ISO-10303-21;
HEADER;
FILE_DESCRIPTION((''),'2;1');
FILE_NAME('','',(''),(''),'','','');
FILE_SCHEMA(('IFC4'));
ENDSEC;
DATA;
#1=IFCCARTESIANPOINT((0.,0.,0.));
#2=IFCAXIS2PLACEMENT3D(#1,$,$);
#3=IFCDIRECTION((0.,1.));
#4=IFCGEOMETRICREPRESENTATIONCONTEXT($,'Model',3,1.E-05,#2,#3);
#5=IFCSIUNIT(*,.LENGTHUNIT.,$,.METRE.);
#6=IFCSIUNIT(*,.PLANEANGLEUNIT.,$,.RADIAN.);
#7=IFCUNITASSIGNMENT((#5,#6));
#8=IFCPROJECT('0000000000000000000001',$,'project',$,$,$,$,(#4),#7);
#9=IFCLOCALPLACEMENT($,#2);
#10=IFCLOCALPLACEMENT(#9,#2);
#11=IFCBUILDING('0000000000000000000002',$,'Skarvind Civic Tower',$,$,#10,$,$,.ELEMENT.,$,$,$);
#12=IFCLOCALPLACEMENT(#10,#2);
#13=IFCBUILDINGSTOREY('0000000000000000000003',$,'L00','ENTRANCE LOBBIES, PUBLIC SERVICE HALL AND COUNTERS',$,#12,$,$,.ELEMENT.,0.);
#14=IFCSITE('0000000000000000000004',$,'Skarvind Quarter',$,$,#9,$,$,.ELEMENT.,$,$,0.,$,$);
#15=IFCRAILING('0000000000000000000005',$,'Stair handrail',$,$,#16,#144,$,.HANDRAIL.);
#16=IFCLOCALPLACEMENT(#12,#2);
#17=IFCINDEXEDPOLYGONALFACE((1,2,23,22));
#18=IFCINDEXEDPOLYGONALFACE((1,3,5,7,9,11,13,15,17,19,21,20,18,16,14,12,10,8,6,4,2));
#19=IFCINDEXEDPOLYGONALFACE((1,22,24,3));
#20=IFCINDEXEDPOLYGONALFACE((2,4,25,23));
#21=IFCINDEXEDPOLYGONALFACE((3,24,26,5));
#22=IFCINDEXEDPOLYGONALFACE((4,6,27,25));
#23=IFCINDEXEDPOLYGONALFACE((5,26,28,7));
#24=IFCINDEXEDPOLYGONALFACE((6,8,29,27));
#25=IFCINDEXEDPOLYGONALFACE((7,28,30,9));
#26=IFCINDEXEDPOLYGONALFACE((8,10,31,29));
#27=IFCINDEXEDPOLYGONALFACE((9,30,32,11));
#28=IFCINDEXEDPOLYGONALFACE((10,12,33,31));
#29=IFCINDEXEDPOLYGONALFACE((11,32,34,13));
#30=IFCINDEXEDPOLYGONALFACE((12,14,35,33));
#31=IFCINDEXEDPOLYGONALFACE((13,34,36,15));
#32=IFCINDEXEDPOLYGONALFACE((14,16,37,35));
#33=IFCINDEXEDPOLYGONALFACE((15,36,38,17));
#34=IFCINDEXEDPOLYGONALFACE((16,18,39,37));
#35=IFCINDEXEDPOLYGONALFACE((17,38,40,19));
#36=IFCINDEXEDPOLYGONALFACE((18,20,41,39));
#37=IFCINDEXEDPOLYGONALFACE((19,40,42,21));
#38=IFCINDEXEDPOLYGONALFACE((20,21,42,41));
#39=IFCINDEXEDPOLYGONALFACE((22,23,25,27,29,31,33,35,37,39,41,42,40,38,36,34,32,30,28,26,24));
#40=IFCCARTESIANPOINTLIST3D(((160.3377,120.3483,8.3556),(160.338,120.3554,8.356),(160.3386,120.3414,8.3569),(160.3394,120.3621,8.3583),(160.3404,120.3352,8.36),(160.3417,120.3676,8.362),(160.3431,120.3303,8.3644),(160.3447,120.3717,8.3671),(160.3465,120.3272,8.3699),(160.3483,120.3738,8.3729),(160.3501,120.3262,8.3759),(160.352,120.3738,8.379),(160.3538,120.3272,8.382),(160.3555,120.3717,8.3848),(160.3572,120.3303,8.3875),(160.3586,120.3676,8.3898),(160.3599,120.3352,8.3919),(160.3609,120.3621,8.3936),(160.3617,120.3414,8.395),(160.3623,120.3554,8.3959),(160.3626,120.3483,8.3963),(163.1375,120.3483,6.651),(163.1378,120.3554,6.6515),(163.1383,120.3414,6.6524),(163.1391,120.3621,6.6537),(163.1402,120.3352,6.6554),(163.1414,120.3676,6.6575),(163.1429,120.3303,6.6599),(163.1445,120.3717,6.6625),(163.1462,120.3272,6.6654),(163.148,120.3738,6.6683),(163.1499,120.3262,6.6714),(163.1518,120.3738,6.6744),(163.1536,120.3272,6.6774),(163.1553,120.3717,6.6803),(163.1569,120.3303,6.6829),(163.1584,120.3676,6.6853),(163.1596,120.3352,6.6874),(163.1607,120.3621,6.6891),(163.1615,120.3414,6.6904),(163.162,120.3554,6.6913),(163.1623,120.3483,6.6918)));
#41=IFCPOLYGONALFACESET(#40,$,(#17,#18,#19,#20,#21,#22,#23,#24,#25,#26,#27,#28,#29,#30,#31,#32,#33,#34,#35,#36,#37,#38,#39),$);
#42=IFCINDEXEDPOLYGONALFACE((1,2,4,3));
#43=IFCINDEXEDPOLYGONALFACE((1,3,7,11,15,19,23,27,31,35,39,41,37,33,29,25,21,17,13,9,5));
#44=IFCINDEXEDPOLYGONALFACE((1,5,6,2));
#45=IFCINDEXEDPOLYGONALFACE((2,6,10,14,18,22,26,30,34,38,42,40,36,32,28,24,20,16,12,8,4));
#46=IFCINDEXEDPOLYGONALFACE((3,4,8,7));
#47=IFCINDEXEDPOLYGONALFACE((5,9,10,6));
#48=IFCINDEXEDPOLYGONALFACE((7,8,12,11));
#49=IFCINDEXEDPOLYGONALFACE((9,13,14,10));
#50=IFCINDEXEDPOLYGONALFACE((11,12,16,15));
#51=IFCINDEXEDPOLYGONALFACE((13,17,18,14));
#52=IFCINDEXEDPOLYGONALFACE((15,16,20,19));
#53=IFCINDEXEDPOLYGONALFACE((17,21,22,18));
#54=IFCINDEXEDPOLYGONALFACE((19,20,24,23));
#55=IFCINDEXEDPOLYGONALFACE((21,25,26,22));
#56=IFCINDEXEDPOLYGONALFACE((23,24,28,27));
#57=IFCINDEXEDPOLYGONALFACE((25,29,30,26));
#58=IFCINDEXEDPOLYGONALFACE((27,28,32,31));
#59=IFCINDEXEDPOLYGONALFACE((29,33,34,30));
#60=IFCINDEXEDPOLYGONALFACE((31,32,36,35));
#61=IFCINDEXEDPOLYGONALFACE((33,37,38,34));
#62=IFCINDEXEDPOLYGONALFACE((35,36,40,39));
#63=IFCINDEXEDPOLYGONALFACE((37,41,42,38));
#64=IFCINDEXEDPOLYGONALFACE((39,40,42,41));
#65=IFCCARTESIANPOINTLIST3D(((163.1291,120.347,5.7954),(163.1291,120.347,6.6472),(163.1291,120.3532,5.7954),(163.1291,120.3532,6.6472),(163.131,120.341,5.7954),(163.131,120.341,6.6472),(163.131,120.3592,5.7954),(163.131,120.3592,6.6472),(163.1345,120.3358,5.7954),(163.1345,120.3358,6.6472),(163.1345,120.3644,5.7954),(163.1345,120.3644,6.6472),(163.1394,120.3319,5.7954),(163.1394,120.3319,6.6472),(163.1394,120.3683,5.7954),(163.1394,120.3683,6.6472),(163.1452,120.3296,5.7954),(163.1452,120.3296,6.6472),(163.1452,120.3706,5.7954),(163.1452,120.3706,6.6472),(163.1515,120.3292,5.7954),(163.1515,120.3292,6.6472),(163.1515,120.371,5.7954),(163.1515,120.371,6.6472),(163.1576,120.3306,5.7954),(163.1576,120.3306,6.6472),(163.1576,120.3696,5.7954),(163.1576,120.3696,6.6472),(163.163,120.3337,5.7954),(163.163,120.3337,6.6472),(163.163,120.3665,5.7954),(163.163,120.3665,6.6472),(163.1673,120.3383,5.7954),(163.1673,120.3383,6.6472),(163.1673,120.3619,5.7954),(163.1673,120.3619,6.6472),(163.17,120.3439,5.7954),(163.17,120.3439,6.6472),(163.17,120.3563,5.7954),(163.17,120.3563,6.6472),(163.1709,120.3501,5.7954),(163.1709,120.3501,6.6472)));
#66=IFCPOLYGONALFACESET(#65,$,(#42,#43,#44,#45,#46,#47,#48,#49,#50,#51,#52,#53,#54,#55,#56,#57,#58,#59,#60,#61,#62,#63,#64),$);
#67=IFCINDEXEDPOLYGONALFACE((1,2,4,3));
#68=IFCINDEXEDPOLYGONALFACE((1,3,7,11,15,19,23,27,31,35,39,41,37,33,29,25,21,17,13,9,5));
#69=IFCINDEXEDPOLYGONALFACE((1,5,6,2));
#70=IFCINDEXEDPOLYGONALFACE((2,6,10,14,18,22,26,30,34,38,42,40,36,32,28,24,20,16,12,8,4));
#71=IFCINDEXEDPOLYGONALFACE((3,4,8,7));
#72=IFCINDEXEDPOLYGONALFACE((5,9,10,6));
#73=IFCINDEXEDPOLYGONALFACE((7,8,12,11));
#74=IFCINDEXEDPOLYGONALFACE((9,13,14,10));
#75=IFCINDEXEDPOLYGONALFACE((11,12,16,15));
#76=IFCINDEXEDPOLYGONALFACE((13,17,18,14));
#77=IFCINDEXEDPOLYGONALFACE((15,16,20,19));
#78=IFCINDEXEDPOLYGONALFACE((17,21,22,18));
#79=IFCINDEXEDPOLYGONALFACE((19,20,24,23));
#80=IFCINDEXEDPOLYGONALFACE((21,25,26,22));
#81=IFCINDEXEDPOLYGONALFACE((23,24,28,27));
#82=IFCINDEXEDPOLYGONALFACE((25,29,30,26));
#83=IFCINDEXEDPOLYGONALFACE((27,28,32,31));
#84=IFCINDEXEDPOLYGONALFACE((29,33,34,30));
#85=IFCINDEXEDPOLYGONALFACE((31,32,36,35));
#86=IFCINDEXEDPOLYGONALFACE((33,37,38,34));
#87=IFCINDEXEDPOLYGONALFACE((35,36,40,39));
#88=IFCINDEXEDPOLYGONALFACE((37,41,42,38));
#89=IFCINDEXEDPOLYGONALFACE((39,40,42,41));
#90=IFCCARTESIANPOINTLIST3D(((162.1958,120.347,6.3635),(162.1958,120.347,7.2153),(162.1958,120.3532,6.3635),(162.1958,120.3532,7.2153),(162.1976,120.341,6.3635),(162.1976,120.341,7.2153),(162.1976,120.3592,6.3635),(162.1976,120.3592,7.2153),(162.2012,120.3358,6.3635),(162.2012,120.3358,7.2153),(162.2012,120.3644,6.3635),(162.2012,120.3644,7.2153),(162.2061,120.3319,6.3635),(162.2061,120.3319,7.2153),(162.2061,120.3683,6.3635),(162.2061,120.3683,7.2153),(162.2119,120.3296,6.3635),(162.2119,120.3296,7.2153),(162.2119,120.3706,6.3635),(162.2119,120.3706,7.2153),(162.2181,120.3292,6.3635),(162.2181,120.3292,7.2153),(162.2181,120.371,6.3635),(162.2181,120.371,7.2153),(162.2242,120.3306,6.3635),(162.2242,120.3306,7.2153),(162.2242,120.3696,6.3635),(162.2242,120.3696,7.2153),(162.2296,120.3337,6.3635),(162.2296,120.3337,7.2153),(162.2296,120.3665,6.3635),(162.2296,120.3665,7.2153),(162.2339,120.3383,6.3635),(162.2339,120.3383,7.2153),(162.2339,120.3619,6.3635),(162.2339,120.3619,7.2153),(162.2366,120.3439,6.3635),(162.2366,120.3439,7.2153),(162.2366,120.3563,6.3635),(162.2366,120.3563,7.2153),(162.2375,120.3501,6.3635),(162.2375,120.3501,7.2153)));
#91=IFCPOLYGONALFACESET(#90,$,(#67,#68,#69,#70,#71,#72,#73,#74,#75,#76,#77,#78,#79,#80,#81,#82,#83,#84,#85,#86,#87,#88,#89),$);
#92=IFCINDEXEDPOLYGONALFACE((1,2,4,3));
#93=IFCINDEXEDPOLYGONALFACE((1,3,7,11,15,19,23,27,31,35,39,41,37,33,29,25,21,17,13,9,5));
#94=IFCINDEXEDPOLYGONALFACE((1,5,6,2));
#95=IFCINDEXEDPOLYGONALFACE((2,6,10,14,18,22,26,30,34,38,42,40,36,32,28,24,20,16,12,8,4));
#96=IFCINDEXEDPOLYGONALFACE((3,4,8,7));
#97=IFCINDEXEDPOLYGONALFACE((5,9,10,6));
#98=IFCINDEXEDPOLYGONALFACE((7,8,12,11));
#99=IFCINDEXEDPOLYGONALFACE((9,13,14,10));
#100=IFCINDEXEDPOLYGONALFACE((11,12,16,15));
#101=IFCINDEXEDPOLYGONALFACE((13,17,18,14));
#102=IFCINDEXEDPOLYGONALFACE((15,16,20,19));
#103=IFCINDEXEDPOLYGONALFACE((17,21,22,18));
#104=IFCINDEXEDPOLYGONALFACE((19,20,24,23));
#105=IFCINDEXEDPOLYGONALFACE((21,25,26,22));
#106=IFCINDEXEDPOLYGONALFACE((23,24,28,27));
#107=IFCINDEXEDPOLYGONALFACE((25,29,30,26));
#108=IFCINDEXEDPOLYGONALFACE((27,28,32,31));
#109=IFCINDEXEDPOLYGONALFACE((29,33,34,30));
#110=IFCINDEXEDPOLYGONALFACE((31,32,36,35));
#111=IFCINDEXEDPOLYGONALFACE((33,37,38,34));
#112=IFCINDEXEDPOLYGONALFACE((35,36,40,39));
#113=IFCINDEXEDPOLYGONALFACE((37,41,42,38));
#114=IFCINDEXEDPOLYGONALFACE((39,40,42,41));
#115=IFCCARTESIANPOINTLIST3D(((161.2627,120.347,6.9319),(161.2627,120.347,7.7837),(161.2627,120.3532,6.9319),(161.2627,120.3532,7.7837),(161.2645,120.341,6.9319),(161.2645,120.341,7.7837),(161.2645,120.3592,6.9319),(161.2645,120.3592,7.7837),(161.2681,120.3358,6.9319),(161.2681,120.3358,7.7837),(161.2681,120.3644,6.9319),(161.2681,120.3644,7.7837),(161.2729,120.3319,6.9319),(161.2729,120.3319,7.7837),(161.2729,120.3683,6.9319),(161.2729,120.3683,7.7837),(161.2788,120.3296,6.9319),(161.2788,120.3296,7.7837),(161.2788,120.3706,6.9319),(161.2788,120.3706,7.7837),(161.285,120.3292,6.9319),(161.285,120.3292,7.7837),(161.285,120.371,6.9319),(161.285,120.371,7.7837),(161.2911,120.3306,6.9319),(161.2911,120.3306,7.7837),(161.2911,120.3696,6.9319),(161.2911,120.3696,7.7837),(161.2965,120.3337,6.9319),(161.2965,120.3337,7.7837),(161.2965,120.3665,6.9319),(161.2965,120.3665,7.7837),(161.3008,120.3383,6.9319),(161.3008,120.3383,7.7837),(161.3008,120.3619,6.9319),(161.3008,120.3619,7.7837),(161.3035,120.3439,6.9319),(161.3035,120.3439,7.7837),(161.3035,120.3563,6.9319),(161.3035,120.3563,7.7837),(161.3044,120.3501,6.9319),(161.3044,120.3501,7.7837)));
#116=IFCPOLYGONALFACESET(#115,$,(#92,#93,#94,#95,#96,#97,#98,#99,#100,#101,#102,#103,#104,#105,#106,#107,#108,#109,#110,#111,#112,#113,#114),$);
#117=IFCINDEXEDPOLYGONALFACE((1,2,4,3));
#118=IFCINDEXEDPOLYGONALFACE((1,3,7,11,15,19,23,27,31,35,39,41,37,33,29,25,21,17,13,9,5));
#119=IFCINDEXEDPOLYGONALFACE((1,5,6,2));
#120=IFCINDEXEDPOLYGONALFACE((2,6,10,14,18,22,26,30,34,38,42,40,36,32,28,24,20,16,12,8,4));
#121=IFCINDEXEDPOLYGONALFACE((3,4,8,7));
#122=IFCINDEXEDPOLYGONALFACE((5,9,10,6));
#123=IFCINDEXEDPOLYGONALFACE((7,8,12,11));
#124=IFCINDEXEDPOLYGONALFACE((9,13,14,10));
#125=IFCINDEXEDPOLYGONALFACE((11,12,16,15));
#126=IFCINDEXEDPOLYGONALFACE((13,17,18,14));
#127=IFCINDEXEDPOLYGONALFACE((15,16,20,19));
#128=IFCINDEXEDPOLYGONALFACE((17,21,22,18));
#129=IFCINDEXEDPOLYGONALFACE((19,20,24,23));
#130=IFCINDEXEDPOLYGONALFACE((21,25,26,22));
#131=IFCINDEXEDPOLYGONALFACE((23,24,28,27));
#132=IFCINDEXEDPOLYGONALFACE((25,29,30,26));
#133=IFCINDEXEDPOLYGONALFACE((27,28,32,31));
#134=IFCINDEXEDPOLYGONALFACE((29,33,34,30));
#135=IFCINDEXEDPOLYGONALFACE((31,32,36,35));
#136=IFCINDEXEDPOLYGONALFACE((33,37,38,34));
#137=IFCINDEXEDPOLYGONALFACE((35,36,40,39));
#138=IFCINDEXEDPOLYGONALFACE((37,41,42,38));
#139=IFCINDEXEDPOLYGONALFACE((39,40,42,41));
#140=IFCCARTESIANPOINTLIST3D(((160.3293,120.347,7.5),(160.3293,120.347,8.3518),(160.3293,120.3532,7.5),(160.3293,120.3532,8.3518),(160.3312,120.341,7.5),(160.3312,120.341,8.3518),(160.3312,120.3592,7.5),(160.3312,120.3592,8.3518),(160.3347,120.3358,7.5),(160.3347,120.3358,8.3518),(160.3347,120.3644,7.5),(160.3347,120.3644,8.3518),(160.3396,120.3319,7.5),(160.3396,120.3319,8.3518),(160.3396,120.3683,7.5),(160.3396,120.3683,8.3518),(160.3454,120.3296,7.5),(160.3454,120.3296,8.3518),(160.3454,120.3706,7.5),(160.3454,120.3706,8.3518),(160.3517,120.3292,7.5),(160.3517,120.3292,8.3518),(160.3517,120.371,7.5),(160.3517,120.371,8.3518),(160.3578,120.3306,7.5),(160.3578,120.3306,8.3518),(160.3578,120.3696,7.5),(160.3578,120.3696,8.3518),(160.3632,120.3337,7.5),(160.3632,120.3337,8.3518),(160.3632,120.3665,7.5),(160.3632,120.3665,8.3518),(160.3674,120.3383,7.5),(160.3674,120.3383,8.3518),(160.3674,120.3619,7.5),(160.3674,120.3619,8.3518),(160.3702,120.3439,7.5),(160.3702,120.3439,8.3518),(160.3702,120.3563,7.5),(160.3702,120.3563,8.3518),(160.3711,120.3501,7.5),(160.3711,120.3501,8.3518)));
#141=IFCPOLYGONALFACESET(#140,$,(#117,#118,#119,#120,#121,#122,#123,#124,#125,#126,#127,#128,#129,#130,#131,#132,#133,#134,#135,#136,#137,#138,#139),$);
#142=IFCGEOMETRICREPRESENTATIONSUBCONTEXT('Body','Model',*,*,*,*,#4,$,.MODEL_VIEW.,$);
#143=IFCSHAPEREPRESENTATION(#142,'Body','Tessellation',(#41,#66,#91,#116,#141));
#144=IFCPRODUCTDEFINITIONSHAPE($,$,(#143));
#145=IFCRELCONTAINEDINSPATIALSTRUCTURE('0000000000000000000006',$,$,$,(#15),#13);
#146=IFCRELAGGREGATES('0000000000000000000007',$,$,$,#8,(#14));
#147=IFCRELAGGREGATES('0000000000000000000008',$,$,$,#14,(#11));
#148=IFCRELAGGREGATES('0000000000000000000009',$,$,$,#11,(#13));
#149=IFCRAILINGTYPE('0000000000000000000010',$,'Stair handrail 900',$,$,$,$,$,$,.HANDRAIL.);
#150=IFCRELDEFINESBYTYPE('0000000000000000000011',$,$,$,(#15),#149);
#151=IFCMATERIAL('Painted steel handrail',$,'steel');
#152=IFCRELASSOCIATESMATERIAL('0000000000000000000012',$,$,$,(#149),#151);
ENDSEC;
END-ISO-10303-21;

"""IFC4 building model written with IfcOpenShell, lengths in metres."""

from ifc_helpers import new_model, si_unit, direction, frame, origin, origin_2d, place, context, subcontext, project, spatial, circle, extrude, material, type_object, element, save


model = new_model("IFC4")

# Units and contexts
model_context = context("Model", 3, precision=1e-05, world=origin(), true_north=direction((0.0, 1.0)))
body_context = subcontext(model_context, "Body", "Model", "MODEL_VIEW")
ifc_project = project(units=[si_unit("LENGTHUNIT", "METRE"), si_unit("PLANEANGLEUNIT", "RADIAN")], contexts=[model_context])

# Site, building, storey
site_placement = place(None, origin())
site = spatial("IfcSite", under=ifc_project, at=site_placement, Name="Skarvind Quarter", CompositionType="ELEMENT", RefElevation=0.0)
building_placement = place(site_placement, origin())
building = spatial("IfcBuilding", under=site, at=building_placement, Name="Skarvind Civic Tower", CompositionType="ELEMENT")
storey_placement = place(building_placement, origin())
storey = spatial("IfcBuildingStorey", under=building, at=storey_placement, Name="L00", Description="ENTRANCE LOBBIES, PUBLIC SERVICE HALL AND COUNTERS", CompositionType="ELEMENT", Elevation=0.0)

# Railing
ifc_material_1 = material(Name="Painted steel handrail", Category="steel")
railing_type = type_object("IfcRailingType", Name="Stair handrail 900", PredefinedType="HANDRAIL", material=ifc_material_1)
railing_1_placement = place(storey_placement, frame((163.1499, 120.3501, 5.7954)))
element("IfcRailing", 1, at=railing_1_placement, inside=storey, type_object=railing_type, Name="Stair handrail", PredefinedType="HANDRAIL", context=body_context, shape_type="SweptSolid", body=[
    extrude(circle(Radius=0.0239, at=origin_2d()), frame((0.0, 0.0, 0.876), z_axis=(-0.85415, 0.0, 0.520027), x_axis=(0.0, -1.0, 0.0)), (0.0, 0.0, 1.0), 3.2778),
    extrude(circle(Radius=0.021, at=origin_2d()), origin(), (0.0, 0.0, 1.0), 0.8518),
    extrude(circle(Radius=0.021, at=origin_2d()), frame((-0.9333, 0.0, 0.5681)), (0.0, 0.0, 1.0), 0.8518),
    extrude(circle(Radius=0.021, at=origin_2d()), frame((-1.8665, 0.0, 1.1365)), (0.0, 0.0, 1.0), 0.8518),
    extrude(circle(Radius=0.021, at=origin_2d()), frame((-2.7998, 0.0, 1.7046)), (0.0, 0.0, 1.0), 0.8518),
])

save(model, "model.ifc")
